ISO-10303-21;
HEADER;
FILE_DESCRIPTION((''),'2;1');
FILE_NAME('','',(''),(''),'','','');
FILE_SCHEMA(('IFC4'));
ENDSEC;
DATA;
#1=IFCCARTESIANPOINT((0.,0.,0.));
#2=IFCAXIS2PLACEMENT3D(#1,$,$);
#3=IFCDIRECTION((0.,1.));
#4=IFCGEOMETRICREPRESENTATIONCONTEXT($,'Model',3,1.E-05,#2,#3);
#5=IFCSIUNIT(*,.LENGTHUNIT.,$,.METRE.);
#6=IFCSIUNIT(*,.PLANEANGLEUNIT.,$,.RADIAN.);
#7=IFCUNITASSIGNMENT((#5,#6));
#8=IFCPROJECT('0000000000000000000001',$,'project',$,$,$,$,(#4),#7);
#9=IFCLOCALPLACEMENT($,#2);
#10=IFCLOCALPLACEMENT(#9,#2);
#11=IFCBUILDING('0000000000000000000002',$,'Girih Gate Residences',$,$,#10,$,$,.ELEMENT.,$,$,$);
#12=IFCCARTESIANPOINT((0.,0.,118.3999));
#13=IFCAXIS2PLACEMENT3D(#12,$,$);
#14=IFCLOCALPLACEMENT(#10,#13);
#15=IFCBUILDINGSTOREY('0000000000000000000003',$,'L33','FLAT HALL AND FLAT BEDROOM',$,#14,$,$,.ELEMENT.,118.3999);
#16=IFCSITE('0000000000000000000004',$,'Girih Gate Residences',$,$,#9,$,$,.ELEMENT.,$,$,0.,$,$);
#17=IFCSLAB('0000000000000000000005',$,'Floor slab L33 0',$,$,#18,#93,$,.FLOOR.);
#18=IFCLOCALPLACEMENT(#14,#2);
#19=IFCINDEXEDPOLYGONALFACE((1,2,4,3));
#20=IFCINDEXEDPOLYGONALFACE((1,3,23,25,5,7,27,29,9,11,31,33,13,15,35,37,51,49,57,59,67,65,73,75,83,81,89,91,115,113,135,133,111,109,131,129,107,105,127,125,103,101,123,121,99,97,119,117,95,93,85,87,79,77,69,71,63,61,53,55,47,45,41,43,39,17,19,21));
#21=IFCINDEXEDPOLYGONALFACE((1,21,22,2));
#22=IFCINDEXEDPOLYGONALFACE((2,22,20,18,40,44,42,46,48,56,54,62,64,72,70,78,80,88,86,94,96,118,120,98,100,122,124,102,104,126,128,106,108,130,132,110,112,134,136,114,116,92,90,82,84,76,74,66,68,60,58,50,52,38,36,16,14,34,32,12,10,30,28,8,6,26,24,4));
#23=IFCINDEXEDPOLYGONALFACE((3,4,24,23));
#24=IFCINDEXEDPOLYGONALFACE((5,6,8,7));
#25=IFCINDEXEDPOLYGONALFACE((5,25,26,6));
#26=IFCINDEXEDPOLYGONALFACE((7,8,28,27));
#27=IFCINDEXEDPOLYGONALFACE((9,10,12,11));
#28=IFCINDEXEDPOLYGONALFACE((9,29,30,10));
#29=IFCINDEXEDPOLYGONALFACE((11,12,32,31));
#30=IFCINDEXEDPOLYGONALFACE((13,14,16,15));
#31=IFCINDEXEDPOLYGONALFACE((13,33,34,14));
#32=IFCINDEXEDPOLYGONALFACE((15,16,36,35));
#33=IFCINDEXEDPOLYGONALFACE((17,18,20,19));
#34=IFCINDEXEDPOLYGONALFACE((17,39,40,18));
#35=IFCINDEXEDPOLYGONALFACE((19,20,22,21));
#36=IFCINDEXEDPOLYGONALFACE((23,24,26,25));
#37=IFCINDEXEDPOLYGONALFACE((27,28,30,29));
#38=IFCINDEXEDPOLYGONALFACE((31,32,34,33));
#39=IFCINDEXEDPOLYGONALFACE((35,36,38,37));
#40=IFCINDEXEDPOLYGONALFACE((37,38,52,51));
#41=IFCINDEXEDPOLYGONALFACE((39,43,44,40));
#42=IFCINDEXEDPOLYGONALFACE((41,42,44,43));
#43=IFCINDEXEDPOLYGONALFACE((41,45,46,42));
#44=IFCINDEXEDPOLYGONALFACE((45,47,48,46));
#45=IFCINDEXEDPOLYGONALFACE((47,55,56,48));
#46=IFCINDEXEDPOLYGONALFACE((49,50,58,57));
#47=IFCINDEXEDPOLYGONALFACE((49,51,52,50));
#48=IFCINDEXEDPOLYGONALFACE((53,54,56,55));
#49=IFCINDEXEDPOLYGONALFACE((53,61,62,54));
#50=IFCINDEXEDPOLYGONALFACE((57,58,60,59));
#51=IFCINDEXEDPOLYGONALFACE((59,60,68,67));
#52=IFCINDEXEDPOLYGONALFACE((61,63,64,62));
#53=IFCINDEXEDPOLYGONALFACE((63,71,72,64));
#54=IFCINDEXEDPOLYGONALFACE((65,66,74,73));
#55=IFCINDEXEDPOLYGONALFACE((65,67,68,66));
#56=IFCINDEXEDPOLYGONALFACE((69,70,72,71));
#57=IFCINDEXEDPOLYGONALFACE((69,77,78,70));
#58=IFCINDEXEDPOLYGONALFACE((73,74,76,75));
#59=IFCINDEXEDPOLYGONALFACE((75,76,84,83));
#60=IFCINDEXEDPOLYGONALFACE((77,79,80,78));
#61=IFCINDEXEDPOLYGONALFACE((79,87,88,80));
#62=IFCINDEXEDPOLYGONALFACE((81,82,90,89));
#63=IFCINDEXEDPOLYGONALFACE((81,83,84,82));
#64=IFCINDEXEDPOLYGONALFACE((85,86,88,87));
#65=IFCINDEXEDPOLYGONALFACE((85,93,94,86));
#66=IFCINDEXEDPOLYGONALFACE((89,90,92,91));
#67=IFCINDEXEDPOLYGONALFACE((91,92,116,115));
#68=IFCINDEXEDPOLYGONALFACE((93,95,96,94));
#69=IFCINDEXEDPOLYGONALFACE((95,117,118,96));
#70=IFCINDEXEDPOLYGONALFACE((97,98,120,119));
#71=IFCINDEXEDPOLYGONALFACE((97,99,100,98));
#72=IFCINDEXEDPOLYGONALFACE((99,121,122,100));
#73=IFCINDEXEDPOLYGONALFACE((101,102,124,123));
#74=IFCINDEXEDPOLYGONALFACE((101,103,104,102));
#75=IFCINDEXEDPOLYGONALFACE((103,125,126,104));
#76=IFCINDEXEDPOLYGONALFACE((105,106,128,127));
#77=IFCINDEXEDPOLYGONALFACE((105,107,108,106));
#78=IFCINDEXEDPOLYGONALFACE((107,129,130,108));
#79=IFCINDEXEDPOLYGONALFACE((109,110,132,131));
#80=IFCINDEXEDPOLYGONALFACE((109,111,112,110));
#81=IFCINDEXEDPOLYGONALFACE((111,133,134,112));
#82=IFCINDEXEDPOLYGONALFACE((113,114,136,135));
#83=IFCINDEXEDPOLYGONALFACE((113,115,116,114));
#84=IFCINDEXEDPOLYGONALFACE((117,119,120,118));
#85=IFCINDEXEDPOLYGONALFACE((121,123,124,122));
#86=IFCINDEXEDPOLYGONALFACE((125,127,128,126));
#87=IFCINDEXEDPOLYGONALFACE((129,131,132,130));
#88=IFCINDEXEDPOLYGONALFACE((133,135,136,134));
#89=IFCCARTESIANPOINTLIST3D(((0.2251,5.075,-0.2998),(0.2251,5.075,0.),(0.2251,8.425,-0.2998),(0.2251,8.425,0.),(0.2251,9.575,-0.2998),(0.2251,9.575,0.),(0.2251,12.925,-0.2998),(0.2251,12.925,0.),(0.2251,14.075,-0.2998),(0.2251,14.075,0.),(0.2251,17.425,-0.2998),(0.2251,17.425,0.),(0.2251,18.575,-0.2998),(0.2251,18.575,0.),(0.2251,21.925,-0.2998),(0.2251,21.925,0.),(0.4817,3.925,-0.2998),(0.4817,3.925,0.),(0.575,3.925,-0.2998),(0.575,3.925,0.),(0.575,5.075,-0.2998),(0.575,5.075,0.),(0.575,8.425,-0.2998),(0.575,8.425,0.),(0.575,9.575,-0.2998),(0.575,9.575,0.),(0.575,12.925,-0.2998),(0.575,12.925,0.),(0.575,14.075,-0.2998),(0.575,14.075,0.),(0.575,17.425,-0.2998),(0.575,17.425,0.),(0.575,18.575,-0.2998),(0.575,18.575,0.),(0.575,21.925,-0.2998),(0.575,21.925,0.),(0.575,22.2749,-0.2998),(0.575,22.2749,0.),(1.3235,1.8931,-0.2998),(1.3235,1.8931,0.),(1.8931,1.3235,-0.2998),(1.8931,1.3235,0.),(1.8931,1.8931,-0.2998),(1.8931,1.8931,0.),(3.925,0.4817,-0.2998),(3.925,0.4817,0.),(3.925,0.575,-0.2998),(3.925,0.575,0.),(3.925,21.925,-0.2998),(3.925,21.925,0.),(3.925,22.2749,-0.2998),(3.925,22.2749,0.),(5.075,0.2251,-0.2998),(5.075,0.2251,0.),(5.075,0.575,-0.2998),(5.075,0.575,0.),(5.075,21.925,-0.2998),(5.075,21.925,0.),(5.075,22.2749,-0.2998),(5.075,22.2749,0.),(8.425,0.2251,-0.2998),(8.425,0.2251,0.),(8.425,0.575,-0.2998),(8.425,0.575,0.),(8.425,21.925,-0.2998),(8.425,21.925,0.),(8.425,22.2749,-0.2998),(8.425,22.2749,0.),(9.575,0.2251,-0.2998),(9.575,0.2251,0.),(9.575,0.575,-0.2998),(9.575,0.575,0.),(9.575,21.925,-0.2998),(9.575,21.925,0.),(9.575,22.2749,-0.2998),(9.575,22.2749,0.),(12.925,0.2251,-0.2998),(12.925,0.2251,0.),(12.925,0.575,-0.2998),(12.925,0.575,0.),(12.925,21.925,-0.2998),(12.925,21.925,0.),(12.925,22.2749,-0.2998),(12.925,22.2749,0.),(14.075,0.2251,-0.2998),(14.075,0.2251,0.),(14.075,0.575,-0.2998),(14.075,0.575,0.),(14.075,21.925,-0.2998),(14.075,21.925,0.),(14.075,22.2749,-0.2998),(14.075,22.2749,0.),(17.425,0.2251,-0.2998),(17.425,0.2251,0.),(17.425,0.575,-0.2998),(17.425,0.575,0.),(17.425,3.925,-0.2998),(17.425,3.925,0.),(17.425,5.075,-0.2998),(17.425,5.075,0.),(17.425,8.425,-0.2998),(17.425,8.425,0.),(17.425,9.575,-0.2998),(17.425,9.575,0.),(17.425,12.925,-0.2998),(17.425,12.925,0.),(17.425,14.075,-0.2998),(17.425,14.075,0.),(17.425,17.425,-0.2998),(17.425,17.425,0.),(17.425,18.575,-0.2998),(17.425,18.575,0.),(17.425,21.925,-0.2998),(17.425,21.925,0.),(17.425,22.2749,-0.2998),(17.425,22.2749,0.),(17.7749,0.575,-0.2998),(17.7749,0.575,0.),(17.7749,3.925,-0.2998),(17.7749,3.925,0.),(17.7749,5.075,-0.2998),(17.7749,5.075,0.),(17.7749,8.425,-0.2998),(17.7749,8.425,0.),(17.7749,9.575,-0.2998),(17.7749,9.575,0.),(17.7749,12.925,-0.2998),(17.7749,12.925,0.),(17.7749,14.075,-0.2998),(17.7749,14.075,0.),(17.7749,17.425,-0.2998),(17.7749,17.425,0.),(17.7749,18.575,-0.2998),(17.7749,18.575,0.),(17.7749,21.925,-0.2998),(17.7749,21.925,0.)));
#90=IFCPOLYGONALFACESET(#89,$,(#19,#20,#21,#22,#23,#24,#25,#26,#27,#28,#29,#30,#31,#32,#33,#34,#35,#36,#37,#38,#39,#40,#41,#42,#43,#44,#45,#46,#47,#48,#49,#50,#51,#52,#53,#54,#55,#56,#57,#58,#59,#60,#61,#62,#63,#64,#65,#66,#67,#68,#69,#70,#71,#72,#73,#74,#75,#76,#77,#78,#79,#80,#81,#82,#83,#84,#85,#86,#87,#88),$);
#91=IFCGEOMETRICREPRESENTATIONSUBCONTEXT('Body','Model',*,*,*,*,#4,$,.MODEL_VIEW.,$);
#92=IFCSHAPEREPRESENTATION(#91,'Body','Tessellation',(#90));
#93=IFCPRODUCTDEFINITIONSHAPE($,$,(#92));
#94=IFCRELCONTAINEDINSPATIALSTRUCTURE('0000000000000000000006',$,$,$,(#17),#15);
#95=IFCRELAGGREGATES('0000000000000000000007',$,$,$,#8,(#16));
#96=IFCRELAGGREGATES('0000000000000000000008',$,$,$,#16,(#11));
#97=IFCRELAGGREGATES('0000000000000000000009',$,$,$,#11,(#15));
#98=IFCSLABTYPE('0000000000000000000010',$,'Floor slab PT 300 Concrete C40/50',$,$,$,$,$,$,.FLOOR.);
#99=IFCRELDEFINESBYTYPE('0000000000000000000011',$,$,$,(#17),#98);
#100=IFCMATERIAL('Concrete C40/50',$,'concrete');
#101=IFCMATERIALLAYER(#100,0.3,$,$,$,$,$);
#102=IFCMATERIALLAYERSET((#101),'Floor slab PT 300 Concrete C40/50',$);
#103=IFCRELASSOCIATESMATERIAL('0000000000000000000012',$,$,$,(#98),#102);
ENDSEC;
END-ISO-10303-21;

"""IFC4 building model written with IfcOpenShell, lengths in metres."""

from ifc_helpers import new_model, si_unit, direction, frame, origin, place, context, subcontext, project, spatial, polyline, outline, extrude, material, layer, layer_set, type_object, element, save


model = new_model("IFC4")

# Units and contexts
model_context = context("Model", 3, precision=1e-05, world=origin(), true_north=direction((0.0, 1.0)))
body_context = subcontext(model_context, "Body", "Model", "MODEL_VIEW")
ifc_project = project(units=[si_unit("LENGTHUNIT", "METRE"), si_unit("PLANEANGLEUNIT", "RADIAN")], contexts=[model_context])

# Site, building, storey
site_placement = place(None, origin())
site = spatial("IfcSite", under=ifc_project, at=site_placement, Name="Girih Gate Residences", CompositionType="ELEMENT", RefElevation=0.0)
building_placement = place(site_placement, origin())
building = spatial("IfcBuilding", under=site, at=building_placement, Name="Girih Gate Residences", CompositionType="ELEMENT")
storey_placement = place(building_placement, frame((0.0, 0.0, 118.3999)))
storey = spatial("IfcBuildingStorey", under=building, at=storey_placement, Name="L33", Description="FLAT HALL AND FLAT BEDROOM", CompositionType="ELEMENT", Elevation=118.3999)

# Slab
ifc_material_1 = material(Name="Concrete C40/50", Category="concrete")
ifc_layer_1 = layer(ifc_material_1, 0.3)
ifc_layer_set_1 = layer_set([ifc_layer_1], Name="Floor slab PT 300 Concrete C40/50")
slab_type_1 = type_object("IfcSlabType", Name="Floor slab PT 300 Concrete C40/50", PredefinedType="FLOOR", material=ifc_layer_set_1)
slab_1_placement = place(storey_placement, frame((0.0, 0.0, -0.2998)))
element("IfcSlab", 1, at=slab_1_placement, inside=storey, type_object=slab_type_1, Name="Floor slab L33 0", PredefinedType="FLOOR", context=body_context, shape_type="SweptSolid", body=[
    extrude(outline(polyline([(0.2251, 8.425), (0.2251, 5.075), (0.575, 5.075), (0.575, 3.925), (0.4817, 3.925), (1.3235, 1.8931), (1.8931, 1.8931), (1.8931, 1.3235), (3.925, 0.4817), (3.925, 0.575), (5.075, 0.575), (5.075, 0.2251), (8.425, 0.2251), (8.425, 0.575), (9.575, 0.575), (9.575, 0.2251), (12.925, 0.2251), (12.925, 0.575), (14.075, 0.575), (14.075, 0.2251), (17.425, 0.2251), (17.425, 0.575), (17.7749, 0.575), (17.7749, 3.925), (17.425, 3.925), (17.425, 5.075), (17.7749, 5.075), (17.7749, 8.425), (17.425, 8.425), (17.425, 9.575), (17.7749, 9.575), (17.7749, 12.925), (17.425, 12.925), (17.425, 14.075), (17.7749, 14.075), (17.7749, 17.425), (17.425, 17.425), (17.425, 18.575), (17.7749, 18.575), (17.7749, 21.925), (17.425, 21.925), (17.425, 22.2749), (14.075, 22.2749), (14.075, 21.925), (12.925, 21.925), (12.925, 22.2749), (9.575, 22.2749), (9.575, 21.925), (8.425, 21.925), (8.425, 22.2749), (5.075, 22.2749), (5.075, 21.925), (3.925, 21.925), (3.925, 22.2749), (0.575, 22.2749), (0.575, 21.925), (0.2251, 21.925), (0.2251, 18.575), (0.575, 18.575), (0.575, 17.425), (0.2251, 17.425), (0.2251, 14.075), (0.575, 14.075), (0.575, 12.925), (0.2251, 12.925), (0.2251, 9.575), (0.575, 9.575), (0.575, 8.425), (0.2251, 8.425)])), origin(), (0.0, 0.0, 1.0), 0.2998),
])

save(model, "model.ifc")
